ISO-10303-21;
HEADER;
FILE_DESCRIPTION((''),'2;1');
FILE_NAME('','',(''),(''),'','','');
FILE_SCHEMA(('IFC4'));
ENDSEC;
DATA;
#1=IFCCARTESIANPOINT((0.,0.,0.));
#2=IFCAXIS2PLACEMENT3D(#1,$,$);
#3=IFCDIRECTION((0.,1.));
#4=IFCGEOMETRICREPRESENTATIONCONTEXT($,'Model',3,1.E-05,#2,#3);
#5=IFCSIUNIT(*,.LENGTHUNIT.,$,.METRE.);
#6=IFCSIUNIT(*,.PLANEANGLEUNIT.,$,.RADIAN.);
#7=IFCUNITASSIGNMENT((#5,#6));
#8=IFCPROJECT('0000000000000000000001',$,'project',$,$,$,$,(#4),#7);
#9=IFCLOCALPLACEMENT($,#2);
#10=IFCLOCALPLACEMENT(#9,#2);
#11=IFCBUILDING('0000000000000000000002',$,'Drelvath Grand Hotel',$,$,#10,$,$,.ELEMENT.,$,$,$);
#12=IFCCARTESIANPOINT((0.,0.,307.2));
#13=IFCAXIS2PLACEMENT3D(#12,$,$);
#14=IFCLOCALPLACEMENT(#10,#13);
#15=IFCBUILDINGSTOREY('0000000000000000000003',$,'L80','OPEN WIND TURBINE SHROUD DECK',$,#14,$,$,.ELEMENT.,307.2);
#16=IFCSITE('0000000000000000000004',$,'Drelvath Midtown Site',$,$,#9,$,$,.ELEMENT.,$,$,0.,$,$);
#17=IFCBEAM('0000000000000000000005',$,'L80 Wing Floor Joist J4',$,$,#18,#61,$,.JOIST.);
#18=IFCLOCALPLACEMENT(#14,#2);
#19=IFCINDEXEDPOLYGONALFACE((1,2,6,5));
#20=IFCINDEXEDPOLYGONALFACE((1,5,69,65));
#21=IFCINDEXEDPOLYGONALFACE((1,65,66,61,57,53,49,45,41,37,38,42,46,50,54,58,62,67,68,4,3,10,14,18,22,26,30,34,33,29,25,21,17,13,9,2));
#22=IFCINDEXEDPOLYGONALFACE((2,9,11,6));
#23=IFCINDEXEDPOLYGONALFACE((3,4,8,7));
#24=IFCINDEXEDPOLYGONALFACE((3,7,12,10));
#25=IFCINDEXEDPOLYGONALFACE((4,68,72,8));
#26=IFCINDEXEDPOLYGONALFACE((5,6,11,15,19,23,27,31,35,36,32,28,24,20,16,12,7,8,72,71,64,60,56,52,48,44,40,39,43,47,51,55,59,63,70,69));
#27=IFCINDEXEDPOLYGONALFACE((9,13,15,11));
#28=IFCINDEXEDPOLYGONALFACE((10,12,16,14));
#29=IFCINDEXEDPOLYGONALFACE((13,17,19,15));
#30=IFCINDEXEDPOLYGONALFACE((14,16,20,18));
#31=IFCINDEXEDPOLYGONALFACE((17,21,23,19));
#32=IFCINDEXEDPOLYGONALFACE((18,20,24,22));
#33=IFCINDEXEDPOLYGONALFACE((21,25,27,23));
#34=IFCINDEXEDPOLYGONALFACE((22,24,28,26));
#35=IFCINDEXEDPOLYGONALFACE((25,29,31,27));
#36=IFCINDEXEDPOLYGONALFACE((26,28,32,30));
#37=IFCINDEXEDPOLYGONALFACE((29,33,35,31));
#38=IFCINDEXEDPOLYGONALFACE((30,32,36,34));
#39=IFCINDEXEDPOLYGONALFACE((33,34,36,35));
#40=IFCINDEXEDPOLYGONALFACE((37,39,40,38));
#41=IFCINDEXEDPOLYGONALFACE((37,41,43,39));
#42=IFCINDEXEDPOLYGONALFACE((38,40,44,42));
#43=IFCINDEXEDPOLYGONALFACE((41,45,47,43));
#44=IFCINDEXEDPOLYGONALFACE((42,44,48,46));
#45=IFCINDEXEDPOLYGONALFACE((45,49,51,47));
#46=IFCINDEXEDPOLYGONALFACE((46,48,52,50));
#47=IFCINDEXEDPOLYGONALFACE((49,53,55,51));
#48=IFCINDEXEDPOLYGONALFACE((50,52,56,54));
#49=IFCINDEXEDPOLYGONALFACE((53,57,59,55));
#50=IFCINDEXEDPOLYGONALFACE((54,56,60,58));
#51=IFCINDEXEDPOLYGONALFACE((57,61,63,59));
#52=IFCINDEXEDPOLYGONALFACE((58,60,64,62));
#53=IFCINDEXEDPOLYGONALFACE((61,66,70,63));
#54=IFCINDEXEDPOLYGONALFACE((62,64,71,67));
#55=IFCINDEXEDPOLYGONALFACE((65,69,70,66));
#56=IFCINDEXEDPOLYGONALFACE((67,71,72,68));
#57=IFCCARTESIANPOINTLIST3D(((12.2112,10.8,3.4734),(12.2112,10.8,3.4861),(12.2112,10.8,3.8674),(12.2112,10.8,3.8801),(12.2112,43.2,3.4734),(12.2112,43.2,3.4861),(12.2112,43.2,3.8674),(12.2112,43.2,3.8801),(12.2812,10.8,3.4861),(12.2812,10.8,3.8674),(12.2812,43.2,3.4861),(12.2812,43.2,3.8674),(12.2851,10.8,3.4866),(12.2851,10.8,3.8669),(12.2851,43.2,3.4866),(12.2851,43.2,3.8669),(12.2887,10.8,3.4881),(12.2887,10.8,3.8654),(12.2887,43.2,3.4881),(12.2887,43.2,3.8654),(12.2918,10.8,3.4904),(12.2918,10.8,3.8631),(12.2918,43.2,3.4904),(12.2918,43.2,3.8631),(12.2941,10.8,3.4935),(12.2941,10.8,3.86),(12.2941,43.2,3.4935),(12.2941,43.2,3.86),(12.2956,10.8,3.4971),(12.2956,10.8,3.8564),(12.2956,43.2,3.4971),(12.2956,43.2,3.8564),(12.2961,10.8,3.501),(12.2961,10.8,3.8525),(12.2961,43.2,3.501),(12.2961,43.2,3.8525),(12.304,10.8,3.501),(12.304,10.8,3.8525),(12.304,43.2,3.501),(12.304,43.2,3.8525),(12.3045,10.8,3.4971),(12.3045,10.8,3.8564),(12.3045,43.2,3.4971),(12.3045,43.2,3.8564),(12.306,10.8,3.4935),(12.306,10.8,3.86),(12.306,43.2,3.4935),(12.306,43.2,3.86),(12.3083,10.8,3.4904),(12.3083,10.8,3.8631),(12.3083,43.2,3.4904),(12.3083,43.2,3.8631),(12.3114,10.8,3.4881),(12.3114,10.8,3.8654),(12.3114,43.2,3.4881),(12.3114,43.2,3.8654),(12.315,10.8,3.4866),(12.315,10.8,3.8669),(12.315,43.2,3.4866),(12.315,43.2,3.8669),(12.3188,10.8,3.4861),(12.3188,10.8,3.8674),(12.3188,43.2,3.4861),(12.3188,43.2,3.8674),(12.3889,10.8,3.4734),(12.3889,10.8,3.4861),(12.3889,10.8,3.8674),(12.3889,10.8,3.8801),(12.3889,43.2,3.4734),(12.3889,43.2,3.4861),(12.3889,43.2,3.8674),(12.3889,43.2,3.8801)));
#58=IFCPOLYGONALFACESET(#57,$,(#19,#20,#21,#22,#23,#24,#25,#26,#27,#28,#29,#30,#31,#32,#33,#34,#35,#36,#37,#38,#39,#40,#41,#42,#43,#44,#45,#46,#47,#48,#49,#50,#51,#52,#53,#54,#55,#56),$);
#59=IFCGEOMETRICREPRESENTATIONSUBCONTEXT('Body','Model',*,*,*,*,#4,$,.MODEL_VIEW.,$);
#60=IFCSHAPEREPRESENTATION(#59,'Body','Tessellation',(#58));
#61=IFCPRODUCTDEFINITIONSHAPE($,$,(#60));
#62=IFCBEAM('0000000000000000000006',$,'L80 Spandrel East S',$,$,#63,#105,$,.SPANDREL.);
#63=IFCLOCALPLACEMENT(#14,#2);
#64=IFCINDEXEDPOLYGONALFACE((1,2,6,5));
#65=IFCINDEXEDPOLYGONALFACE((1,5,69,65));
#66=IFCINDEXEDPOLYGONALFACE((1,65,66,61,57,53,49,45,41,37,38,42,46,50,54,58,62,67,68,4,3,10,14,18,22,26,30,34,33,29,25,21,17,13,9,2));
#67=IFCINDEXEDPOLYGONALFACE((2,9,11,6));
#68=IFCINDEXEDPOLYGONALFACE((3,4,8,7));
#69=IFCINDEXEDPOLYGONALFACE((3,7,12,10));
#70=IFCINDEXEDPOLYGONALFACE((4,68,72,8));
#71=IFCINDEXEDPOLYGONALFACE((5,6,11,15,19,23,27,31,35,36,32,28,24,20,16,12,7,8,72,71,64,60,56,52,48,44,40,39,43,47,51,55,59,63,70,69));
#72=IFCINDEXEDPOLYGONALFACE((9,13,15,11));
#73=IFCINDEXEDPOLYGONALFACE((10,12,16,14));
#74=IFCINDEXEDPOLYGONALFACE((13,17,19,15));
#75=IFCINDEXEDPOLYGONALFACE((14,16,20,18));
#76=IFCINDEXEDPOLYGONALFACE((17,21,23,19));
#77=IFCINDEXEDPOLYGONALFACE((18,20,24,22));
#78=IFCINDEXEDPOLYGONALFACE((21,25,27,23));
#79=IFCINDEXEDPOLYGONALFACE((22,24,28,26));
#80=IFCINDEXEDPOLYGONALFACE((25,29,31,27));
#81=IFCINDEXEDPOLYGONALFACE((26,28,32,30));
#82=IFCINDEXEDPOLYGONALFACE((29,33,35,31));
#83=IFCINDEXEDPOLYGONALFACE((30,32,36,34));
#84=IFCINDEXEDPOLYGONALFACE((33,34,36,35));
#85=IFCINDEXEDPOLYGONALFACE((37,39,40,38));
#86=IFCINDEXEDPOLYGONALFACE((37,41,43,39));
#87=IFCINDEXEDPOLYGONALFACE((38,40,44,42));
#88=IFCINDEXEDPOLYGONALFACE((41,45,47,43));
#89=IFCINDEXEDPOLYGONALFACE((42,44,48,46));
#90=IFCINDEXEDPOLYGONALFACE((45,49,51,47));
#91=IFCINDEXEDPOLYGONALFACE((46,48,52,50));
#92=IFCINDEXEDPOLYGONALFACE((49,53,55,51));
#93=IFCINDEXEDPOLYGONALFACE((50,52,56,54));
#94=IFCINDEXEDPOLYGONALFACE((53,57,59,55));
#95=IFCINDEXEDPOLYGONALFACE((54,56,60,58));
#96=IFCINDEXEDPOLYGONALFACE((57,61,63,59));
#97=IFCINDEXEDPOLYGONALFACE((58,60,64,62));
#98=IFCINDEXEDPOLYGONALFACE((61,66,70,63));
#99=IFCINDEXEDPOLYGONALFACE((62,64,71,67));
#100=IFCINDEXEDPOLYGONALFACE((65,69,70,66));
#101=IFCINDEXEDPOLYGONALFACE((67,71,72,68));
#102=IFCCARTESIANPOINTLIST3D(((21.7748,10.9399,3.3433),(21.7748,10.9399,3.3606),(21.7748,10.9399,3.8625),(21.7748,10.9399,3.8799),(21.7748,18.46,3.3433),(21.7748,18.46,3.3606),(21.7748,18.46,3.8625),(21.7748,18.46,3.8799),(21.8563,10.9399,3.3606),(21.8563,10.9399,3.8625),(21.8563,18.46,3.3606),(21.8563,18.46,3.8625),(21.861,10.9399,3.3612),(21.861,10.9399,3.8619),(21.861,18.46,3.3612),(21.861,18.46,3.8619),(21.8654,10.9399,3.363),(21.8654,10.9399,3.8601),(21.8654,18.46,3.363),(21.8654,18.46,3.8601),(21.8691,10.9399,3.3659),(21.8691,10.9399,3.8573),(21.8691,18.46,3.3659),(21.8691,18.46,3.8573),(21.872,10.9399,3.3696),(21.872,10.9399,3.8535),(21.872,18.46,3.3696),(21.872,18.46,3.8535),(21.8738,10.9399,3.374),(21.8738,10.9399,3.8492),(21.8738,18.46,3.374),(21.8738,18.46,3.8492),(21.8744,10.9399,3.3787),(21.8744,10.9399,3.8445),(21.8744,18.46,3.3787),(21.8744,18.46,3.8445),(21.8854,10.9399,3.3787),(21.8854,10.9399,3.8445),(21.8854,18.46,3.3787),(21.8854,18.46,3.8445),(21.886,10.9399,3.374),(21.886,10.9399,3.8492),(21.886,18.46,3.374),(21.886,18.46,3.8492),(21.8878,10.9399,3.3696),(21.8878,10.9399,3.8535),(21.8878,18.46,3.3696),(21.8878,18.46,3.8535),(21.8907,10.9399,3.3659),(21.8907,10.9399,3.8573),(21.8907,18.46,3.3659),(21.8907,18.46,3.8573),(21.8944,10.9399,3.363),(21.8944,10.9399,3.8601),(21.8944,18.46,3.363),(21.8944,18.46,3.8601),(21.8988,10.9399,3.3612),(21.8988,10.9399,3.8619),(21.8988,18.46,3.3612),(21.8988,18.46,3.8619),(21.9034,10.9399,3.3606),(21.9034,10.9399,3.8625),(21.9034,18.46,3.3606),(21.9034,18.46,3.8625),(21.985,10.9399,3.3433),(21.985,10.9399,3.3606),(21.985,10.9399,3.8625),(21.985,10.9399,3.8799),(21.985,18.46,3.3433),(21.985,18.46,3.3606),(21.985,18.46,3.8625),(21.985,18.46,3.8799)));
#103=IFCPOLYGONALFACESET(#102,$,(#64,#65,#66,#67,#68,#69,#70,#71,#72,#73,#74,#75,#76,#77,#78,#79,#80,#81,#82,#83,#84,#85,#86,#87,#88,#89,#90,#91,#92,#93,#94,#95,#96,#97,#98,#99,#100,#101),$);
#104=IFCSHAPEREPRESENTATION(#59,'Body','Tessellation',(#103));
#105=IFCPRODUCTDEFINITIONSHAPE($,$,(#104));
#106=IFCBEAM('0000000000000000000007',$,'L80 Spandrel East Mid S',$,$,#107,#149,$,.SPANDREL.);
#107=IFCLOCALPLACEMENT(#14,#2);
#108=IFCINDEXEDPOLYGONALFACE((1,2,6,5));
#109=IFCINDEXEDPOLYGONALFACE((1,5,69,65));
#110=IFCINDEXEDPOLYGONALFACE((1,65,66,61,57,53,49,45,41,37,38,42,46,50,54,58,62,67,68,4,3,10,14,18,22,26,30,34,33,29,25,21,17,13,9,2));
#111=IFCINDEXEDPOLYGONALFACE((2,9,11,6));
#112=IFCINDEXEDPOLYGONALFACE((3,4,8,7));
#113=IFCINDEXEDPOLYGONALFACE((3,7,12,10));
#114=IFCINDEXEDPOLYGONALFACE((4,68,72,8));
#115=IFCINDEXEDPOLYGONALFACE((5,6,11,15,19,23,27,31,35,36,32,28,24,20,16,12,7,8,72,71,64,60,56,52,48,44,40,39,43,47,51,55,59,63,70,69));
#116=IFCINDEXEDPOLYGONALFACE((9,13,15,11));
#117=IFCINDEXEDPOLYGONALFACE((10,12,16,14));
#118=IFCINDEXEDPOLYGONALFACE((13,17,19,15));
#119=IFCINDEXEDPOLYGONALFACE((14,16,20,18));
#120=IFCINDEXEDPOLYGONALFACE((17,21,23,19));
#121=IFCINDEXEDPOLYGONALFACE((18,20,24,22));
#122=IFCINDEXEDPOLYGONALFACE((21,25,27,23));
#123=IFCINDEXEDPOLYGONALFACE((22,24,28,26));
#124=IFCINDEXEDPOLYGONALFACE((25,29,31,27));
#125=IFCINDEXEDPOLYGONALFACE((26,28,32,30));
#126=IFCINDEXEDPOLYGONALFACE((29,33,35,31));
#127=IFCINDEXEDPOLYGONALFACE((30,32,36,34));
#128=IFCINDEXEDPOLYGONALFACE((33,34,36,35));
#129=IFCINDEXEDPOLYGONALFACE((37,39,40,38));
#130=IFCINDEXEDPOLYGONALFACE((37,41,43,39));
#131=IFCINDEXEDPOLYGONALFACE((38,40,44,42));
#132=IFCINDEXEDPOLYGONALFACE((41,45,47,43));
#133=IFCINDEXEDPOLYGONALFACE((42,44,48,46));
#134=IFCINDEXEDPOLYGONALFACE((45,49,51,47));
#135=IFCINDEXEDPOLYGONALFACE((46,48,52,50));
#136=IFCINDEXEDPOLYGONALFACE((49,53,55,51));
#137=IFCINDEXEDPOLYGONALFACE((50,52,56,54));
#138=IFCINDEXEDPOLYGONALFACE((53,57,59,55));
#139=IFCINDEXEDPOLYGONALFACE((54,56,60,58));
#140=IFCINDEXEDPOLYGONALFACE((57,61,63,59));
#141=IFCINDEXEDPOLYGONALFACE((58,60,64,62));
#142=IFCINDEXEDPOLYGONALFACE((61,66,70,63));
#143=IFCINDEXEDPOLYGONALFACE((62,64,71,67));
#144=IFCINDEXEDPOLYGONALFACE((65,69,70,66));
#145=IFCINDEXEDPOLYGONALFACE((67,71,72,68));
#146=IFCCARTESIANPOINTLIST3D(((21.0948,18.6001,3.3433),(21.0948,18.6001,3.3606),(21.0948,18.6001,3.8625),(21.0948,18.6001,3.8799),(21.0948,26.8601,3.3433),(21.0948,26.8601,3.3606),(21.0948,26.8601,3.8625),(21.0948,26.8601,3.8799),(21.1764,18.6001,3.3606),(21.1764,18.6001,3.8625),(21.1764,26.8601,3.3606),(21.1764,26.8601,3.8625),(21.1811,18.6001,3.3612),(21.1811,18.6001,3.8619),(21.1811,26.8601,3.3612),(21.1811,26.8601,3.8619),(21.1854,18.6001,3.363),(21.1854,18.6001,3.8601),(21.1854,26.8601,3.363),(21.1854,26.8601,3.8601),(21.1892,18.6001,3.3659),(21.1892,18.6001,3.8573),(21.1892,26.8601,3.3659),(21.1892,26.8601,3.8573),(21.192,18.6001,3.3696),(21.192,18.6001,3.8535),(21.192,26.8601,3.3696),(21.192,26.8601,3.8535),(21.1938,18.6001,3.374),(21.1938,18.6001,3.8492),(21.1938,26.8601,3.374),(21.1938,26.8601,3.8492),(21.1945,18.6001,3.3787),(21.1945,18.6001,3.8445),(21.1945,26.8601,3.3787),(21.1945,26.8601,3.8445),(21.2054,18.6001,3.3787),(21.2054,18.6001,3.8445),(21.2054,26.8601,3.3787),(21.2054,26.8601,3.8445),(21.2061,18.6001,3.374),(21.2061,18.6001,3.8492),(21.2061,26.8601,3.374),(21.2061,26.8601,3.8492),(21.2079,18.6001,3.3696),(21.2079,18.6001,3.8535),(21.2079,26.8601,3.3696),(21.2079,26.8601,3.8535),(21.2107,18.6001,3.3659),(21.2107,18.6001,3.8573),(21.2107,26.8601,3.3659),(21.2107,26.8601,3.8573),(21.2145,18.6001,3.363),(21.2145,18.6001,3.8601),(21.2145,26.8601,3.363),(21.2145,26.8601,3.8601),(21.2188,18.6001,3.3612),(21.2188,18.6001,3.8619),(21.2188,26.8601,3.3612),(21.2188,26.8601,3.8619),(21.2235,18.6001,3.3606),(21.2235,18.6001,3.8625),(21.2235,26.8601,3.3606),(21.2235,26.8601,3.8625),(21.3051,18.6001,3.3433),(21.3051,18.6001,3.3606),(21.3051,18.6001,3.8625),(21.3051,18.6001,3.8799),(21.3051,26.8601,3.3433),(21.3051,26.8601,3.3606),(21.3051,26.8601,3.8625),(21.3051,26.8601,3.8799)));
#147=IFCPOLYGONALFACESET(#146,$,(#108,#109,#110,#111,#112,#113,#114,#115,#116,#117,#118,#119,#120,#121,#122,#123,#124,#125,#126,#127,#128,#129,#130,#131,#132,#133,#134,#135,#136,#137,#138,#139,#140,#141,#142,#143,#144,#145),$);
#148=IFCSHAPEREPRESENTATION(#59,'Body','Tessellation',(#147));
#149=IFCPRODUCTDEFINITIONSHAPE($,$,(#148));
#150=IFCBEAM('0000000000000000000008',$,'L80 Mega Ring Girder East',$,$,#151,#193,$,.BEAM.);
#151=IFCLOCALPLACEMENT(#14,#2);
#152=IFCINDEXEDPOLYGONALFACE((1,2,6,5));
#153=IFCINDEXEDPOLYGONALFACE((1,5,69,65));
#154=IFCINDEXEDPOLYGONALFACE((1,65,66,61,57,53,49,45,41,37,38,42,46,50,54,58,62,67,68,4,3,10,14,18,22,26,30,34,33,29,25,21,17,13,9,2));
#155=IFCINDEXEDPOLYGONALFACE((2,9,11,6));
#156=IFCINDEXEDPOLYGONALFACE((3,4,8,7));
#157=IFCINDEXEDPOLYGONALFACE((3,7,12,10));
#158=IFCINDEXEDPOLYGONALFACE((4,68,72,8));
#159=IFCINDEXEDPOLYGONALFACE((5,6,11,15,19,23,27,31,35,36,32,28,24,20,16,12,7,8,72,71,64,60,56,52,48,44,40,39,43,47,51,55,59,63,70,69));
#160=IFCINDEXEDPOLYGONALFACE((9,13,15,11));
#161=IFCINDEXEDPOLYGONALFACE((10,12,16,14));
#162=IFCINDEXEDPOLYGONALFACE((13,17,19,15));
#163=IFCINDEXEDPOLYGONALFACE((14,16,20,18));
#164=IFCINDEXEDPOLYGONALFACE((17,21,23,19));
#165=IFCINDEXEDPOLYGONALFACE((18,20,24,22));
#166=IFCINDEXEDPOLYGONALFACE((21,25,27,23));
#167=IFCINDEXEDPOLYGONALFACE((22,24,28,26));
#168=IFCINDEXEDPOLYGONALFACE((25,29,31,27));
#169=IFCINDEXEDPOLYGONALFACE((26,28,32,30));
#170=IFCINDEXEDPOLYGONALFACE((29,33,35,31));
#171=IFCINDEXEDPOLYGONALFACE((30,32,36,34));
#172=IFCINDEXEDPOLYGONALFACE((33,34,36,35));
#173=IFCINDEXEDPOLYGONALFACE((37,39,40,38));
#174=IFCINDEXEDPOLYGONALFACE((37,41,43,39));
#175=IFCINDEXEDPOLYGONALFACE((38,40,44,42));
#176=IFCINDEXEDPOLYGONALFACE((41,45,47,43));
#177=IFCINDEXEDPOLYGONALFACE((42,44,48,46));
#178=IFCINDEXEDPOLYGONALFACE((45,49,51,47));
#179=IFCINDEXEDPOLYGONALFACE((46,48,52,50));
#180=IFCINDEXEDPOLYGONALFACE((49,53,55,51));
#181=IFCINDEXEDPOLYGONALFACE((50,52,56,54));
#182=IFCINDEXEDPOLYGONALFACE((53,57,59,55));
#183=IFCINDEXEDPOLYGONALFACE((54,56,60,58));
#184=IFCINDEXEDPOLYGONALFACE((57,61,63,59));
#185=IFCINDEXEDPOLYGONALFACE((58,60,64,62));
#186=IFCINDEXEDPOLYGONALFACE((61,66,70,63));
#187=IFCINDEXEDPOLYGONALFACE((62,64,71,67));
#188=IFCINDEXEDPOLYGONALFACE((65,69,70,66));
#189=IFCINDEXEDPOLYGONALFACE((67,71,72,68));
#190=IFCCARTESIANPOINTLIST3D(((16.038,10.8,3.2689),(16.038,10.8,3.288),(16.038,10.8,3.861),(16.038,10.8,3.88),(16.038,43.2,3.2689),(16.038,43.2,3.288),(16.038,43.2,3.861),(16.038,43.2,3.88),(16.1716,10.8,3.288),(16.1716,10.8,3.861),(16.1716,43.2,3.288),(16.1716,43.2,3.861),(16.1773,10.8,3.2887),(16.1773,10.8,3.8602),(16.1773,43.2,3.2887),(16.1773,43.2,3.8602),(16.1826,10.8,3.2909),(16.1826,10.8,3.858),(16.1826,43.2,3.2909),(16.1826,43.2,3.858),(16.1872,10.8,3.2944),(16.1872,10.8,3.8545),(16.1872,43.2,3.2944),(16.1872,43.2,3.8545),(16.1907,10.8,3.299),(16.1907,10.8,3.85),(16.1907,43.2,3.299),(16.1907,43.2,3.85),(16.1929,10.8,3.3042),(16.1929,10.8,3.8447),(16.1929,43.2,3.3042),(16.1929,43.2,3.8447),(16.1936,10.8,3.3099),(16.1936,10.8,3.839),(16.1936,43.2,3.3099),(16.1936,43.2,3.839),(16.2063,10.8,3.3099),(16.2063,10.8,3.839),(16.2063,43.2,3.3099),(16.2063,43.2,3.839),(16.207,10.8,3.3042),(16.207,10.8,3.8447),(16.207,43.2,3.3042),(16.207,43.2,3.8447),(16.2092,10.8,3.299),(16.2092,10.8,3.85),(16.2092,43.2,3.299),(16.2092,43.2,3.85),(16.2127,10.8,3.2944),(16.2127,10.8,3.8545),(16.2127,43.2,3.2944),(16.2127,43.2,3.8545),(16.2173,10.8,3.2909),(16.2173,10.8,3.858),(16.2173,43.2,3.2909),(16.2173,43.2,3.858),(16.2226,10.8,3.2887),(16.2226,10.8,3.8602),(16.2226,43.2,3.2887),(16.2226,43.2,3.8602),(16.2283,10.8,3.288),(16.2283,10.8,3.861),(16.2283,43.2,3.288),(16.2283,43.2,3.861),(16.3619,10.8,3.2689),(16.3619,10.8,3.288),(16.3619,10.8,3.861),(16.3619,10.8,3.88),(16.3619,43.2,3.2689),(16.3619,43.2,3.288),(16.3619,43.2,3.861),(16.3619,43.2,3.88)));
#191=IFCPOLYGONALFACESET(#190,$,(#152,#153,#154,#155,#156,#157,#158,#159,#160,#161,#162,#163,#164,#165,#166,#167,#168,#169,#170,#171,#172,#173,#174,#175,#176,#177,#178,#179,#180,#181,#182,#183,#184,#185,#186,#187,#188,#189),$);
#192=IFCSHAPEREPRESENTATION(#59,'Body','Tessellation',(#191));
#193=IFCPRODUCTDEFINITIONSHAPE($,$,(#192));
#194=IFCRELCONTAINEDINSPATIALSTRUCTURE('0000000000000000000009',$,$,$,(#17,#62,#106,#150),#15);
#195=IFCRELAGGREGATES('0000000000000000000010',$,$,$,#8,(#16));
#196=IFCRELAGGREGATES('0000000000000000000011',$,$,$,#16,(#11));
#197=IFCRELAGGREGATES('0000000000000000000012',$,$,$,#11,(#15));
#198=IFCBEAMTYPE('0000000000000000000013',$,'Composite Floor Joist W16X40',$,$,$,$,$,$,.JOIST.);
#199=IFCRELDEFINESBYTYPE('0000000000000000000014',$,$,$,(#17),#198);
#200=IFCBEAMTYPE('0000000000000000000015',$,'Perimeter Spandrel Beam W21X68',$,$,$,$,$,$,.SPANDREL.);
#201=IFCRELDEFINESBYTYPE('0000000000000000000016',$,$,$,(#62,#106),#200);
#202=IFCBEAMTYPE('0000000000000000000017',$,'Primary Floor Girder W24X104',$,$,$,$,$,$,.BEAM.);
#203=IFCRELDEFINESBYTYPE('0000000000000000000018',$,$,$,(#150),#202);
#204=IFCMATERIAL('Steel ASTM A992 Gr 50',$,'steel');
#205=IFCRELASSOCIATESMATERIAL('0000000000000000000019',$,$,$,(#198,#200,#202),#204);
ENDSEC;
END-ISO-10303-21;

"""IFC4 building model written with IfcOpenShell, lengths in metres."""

from ifc_helpers import new_model, si_unit, direction, frame, origin, origin_2d, place, context, subcontext, project, spatial, i_section, extrude, material, material_profile, profile_set, type_object, element, save


model = new_model("IFC4")

# Units and contexts
model_context = context("Model", 3, precision=1e-05, world=origin(), true_north=direction((0.0, 1.0)))
body_context = subcontext(model_context, "Body", "Model", "MODEL_VIEW")
ifc_project = project(units=[si_unit("LENGTHUNIT", "METRE"), si_unit("PLANEANGLEUNIT", "RADIAN")], contexts=[model_context])

# Site, building, storey
site_placement = place(None, origin())
site = spatial("IfcSite", under=ifc_project, at=site_placement, Name="Drelvath Midtown Site", CompositionType="ELEMENT", RefElevation=0.0)
building_placement = place(site_placement, origin())
building = spatial("IfcBuilding", under=site, at=building_placement, Name="Drelvath Grand Hotel", CompositionType="ELEMENT")
storey_placement = place(building_placement, frame((0.0, 0.0, 307.2)))
storey = spatial("IfcBuildingStorey", under=building, at=storey_placement, Name="L80", Description="OPEN WIND TURBINE SHROUD DECK", CompositionType="ELEMENT", Elevation=307.2)

# Beams
ifc_material_1 = material(Name="Steel ASTM A992 Gr 50", Category="steel")
ifc_material_profile_1 = material_profile(ifc_material_1, i_section(OverallWidth=0.1777, OverallDepth=0.4067, WebThickness=0.0078, FlangeThickness=0.0127, FilletRadius=0.0149, at=origin_2d()), Name="W16X40")
ifc_profile_set_1 = profile_set([ifc_material_profile_1], Name="Steel ASTM A992 Gr 50")
beam_type_1 = type_object("IfcBeamType", Name="Composite Floor Joist W16X40", PredefinedType="JOIST", material=ifc_profile_set_1)
beam_1_placement = place(storey_placement, frame((12.3, 10.8, 3.6768), z_axis=(0.0, 1.0, 0.0), x_axis=(-1.0, 0.0, 0.0)))
element("IfcBeam", 1, at=beam_1_placement, inside=storey, type_object=beam_type_1, Name="L80 Wing Floor Joist J4", PredefinedType="JOIST", context=body_context, shape_type="SweptSolid", body=[
    extrude(i_section(OverallWidth=0.1777, OverallDepth=0.4067, WebThickness=0.0078, FlangeThickness=0.0127, FilletRadius=0.0149, at=origin_2d()), origin(), (0.0, 0.0, 1.0), 32.3999),
])
ifc_material_profile_2 = material_profile(ifc_material_1, i_section(OverallWidth=0.2102, OverallDepth=0.5366, WebThickness=0.011, FlangeThickness=0.0173, FilletRadius=0.0181, at=origin_2d()), Name="W21X68")
ifc_profile_set_2 = profile_set([ifc_material_profile_2], Name="Steel ASTM A992 Gr 50")
beam_type_2 = type_object("IfcBeamType", Name="Perimeter Spandrel Beam W21X68", PredefinedType="SPANDREL", material=ifc_profile_set_2)
beam_2_placement = place(storey_placement, frame((21.8799, 10.9399, 3.6116), z_axis=(0.0, 1.0, 0.0), x_axis=(-1.0, 0.0, 0.0)))
element("IfcBeam", 2, at=beam_2_placement, inside=storey, type_object=beam_type_2, Name="L80 Spandrel East S", PredefinedType="SPANDREL", context=body_context, shape_type="SweptSolid", body=[
    extrude(i_section(OverallWidth=0.2102, OverallDepth=0.5366, WebThickness=0.011, FlangeThickness=0.0173, FilletRadius=0.0181, at=origin_2d()), origin(), (0.0, 0.0, 1.0), 7.52),
])
beam_3_placement = place(storey_placement, frame((21.2, 18.6001, 3.6116), z_axis=(0.0, 1.0, 0.0), x_axis=(-1.0, 0.0, 0.0)))
element("IfcBeam", 3, at=beam_3_placement, inside=storey, type_object=beam_type_2, Name="L80 Spandrel East Mid S", PredefinedType="SPANDREL", context=body_context, shape_type="SweptSolid", body=[
    extrude(i_section(OverallWidth=0.2102, OverallDepth=0.5366, WebThickness=0.011, FlangeThickness=0.0173, FilletRadius=0.0181, at=origin_2d()), origin(), (0.0, 0.0, 1.0), 8.26),
])
ifc_material_profile_3 = material_profile(ifc_material_1, i_section(OverallWidth=0.324, OverallDepth=0.6111, WebThickness=0.0127, FlangeThickness=0.019, FilletRadius=0.022, at=origin_2d()), Name="W24X104")
ifc_profile_set_3 = profile_set([ifc_material_profile_3], Name="Steel ASTM A992 Gr 50")
beam_type_3 = type_object("IfcBeamType", Name="Primary Floor Girder W24X104", PredefinedType="BEAM", material=ifc_profile_set_3)
beam_4_placement = place(storey_placement, frame((16.2, 10.8, 3.5745), z_axis=(0.0, 1.0, 0.0), x_axis=(-1.0, 0.0, 0.0)))
element("IfcBeam", 4, at=beam_4_placement, inside=storey, type_object=beam_type_3, Name="L80 Mega Ring Girder East", PredefinedType="BEAM", context=body_context, shape_type="SweptSolid", body=[
    extrude(i_section(OverallWidth=0.324, OverallDepth=0.6111, WebThickness=0.0127, FlangeThickness=0.019, FilletRadius=0.022, at=origin_2d()), origin(), (0.0, 0.0, 1.0), 32.3999),
])

save(model, "model.ifc")
